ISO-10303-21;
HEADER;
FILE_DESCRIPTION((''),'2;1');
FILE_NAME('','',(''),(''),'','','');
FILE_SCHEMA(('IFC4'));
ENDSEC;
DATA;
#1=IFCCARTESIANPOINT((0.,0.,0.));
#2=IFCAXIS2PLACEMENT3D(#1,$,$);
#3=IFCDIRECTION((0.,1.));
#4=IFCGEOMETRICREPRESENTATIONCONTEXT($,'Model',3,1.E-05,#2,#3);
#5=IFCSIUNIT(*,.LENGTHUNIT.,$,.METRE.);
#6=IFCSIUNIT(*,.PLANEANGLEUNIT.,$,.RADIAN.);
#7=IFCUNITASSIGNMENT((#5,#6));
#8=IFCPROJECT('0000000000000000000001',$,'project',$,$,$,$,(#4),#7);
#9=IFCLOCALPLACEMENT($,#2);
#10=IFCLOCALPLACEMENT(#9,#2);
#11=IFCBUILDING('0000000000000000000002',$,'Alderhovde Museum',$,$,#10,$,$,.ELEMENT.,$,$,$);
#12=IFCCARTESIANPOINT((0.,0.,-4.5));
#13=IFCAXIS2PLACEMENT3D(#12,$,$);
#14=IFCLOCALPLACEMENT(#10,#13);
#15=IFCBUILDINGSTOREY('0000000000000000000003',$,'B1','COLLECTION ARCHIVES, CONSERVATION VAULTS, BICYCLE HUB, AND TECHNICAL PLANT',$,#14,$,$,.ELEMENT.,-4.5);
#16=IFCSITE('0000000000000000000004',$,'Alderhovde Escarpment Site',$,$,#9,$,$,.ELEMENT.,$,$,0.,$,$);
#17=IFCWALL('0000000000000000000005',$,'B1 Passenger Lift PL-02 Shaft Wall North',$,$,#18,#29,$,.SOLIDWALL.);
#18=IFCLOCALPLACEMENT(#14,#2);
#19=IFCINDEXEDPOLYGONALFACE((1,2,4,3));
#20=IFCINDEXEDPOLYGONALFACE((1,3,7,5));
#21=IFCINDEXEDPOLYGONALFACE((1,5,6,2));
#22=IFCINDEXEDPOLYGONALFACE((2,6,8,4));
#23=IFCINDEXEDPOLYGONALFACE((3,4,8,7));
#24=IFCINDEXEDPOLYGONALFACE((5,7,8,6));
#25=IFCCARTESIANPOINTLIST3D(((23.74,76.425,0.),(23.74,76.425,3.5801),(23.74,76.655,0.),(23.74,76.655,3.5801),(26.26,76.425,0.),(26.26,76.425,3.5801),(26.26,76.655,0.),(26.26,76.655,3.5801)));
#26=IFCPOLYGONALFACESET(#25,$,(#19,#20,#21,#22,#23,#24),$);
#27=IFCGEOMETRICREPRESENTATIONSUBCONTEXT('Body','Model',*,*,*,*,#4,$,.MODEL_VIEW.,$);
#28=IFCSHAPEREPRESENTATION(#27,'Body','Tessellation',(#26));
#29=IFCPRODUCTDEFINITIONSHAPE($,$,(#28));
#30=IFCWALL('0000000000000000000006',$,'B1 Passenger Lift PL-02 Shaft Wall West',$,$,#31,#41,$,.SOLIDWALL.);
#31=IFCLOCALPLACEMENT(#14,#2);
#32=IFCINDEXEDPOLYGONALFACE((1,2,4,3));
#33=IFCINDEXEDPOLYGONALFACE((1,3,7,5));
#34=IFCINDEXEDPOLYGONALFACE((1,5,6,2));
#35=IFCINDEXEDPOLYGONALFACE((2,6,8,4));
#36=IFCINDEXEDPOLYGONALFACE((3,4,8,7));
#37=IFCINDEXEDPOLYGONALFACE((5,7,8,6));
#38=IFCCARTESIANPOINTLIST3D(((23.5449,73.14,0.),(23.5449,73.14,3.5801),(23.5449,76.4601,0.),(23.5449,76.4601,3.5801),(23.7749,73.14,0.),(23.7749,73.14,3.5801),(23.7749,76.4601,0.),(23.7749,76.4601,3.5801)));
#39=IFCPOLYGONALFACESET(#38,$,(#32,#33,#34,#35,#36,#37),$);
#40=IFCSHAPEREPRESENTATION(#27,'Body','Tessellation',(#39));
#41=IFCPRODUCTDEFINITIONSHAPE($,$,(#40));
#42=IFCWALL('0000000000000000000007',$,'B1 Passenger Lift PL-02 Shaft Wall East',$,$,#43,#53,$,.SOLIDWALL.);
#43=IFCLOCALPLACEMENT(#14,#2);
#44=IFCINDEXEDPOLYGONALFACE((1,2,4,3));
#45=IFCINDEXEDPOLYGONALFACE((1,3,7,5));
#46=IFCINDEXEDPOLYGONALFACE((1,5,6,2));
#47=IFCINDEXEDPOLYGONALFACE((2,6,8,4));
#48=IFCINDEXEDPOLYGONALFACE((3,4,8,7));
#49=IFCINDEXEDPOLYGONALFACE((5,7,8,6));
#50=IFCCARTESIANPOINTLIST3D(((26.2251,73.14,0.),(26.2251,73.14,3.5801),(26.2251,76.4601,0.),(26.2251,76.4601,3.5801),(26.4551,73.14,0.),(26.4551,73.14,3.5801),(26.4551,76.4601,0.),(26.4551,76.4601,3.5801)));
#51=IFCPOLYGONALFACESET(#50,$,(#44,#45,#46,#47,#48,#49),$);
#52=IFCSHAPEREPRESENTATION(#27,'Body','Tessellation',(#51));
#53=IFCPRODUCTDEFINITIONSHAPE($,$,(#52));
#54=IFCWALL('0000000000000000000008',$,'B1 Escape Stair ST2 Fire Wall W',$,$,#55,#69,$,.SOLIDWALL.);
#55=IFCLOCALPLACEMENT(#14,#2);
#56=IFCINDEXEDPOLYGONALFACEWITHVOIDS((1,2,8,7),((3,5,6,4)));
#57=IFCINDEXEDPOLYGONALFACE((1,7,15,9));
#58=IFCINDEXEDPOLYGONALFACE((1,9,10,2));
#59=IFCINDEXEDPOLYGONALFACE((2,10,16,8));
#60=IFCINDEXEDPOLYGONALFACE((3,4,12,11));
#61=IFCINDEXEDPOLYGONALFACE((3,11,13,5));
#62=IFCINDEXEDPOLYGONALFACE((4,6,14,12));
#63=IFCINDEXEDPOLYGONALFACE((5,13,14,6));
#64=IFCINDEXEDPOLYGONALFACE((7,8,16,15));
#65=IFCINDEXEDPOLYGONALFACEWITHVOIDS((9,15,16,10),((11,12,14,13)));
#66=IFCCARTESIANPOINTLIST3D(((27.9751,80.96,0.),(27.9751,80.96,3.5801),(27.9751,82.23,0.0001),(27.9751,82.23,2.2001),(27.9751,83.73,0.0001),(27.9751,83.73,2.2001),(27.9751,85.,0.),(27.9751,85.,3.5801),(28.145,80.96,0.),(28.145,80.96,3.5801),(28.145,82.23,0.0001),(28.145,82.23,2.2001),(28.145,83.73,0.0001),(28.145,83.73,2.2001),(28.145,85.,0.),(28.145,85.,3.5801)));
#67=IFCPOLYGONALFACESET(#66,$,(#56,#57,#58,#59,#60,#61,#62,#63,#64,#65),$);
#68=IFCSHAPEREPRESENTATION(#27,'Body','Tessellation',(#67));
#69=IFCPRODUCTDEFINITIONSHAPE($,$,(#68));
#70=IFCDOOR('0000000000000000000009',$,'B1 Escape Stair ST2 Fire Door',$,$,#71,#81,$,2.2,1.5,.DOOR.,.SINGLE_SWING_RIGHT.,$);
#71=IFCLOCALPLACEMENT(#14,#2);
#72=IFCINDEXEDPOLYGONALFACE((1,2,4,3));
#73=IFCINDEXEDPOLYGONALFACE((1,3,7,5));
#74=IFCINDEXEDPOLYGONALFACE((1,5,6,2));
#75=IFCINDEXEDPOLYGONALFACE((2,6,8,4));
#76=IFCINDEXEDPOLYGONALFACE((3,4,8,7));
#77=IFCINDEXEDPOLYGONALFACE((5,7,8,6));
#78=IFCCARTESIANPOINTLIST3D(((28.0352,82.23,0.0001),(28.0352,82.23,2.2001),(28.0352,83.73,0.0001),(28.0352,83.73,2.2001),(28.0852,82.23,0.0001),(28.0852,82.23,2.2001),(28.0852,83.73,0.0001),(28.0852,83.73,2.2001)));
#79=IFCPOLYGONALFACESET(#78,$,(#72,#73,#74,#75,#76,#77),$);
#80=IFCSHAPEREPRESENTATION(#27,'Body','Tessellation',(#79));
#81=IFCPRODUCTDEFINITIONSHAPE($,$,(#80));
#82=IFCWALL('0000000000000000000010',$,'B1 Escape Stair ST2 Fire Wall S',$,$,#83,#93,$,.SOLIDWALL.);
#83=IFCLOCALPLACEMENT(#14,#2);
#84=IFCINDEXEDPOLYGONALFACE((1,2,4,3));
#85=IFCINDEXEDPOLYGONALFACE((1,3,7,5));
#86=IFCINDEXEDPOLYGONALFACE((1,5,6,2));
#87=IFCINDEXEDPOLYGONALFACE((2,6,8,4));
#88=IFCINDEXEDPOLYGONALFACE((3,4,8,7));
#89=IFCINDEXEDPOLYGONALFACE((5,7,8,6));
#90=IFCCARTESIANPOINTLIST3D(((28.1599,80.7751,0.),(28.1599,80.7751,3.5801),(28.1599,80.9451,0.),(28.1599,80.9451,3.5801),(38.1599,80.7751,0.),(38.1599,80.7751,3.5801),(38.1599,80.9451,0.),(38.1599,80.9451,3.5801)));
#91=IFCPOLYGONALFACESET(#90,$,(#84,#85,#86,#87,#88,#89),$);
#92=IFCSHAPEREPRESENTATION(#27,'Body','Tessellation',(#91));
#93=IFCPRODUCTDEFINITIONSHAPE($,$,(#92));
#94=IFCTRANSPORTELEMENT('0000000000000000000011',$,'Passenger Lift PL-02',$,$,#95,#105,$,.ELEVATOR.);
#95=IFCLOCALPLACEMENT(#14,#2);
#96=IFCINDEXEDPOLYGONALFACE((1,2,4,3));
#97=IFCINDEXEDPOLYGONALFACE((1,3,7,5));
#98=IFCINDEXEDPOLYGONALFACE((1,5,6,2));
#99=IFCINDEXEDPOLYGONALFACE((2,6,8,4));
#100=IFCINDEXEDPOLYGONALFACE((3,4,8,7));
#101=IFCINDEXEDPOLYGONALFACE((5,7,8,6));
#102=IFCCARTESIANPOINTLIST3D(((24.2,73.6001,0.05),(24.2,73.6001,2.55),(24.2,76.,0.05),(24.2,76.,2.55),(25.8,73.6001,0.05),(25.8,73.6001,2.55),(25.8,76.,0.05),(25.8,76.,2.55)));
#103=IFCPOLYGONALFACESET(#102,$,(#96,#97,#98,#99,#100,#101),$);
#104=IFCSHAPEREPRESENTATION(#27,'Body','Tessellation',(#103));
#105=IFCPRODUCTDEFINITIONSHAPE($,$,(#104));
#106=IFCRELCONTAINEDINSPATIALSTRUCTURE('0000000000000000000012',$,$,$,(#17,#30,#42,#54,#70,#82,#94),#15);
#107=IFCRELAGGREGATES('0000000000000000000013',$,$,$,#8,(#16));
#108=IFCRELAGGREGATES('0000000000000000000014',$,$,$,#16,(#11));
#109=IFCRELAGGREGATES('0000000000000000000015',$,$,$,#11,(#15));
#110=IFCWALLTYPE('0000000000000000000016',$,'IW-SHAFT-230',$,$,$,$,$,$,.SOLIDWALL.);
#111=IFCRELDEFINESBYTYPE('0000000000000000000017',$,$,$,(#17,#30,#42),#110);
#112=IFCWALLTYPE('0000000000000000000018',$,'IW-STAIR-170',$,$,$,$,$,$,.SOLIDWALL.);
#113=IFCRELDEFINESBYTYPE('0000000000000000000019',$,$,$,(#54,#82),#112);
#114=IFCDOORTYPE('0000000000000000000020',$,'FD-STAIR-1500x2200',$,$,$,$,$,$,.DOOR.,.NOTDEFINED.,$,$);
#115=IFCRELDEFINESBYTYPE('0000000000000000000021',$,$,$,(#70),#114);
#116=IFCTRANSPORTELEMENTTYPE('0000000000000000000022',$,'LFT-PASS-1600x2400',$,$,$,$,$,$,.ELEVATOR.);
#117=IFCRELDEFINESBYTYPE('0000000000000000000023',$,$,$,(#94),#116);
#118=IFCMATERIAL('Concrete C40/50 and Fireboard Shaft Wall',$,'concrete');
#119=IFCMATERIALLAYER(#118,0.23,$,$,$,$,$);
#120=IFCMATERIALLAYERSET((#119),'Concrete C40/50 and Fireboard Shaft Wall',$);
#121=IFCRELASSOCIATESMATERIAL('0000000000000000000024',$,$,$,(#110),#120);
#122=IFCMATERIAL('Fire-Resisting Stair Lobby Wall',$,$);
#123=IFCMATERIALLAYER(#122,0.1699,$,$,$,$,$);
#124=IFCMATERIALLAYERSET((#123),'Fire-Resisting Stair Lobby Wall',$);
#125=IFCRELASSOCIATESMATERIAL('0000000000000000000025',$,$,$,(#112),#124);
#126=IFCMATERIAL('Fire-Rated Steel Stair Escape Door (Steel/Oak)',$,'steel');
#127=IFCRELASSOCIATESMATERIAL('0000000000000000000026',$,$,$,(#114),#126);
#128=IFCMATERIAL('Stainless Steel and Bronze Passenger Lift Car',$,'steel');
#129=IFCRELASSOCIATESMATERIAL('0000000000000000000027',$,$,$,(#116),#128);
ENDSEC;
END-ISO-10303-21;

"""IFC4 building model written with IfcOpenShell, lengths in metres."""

from ifc_helpers import new_model, si_unit, direction, frame, frame_2d, origin, origin_2d, place, context, subcontext, project, spatial, rectangle, extrude, material, layer, layer_set, type_object, element, fill, save


model = new_model("IFC4")

# Units and contexts
model_context = context("Model", 3, precision=1e-05, world=origin(), true_north=direction((0.0, 1.0)))
body_context = subcontext(model_context, "Body", "Model", "MODEL_VIEW")
ifc_project = project(units=[si_unit("LENGTHUNIT", "METRE"), si_unit("PLANEANGLEUNIT", "RADIAN")], contexts=[model_context])

# Site, building, storey
site_placement = place(None, origin())
site = spatial("IfcSite", under=ifc_project, at=site_placement, Name="Alderhovde Escarpment Site", CompositionType="ELEMENT", RefElevation=0.0)
building_placement = place(site_placement, origin())
building = spatial("IfcBuilding", under=site, at=building_placement, Name="Alderhovde Museum", CompositionType="ELEMENT")
storey_placement = place(building_placement, frame((0.0, 0.0, -4.5)))
storey = spatial("IfcBuildingStorey", under=building, at=storey_placement, Name="B1", Description="COLLECTION ARCHIVES, CONSERVATION VAULTS, BICYCLE HUB, AND TECHNICAL PLANT", CompositionType="ELEMENT", Elevation=-4.5)

# Shared definitions
ifc_material_1 = material(Name="Concrete C40/50 and Fireboard Shaft Wall", Category="concrete")
ifc_layer_1 = layer(ifc_material_1, 0.23)
ifc_layer_set_1 = layer_set([ifc_layer_1], Name="Concrete C40/50 and Fireboard Shaft Wall")
wall_type_1 = type_object("IfcWallType", Name="IW-SHAFT-230", PredefinedType="SOLIDWALL", material=ifc_layer_set_1)

# Walls
wall_1_placement = place(storey_placement, frame((23.74, 76.54, 0.0), z_axis=(0.0, 0.0, 1.0), x_axis=(1.0, 0.0, 0.0)))
element("IfcWall", 1, at=wall_1_placement, inside=storey, type_object=wall_type_1, Name="B1 Passenger Lift PL-02 Shaft Wall North", PredefinedType="SOLIDWALL", context=body_context, shape_type="SweptSolid", body=[
    extrude(rectangle(XDim=2.52, YDim=0.23, at=frame_2d((1.26, 0.0))), origin(), (0.0, 0.0, 1.0), 3.5801),
])
for number, where, z_axis, x_axis, name in (
    (2, (23.6599, 73.1399, 0.0), (0.0, 0.0, 1.0), (0.0, 1.0, 0.0), "B1 Passenger Lift PL-02 Shaft Wall West"),
    (3, (26.3401, 73.1399, 0.0), (0.0, 0.0, 1.0), (0.0, 1.0, 0.0), "B1 Passenger Lift PL-02 Shaft Wall East"),
):
    element("IfcWall", number, at=place(storey_placement, frame(where, z_axis=z_axis, x_axis=x_axis)), inside=storey, type_object=wall_type_1, Name=name, PredefinedType="SOLIDWALL", context=body_context, shape_type="SweptSolid", body=[
        extrude(rectangle(XDim=3.3201, YDim=0.23, at=frame_2d((1.6602, 0.0))), origin(), (0.0, 0.0, 1.0), 3.5801),
    ])

# Wall, opening, door
ifc_material_2 = material(Name="Fire-Resisting Stair Lobby Wall")
ifc_layer_2 = layer(ifc_material_2, 0.1699)
ifc_layer_set_2 = layer_set([ifc_layer_2], Name="Fire-Resisting Stair Lobby Wall")
wall_type_2 = type_object("IfcWallType", Name="IW-STAIR-170", PredefinedType="SOLIDWALL", material=ifc_layer_set_2)
wall_2_placement = place(storey_placement, frame((28.0601, 80.96, 0.0), z_axis=(0.0, 0.0, 1.0), x_axis=(0.0, 1.0, 0.0)))
wall_2 = element("IfcWall", 4, at=wall_2_placement, inside=storey, type_object=wall_type_2, Name="B1 Escape Stair ST2 Fire Wall W", PredefinedType="SOLIDWALL", context=body_context, shape_type="SweptSolid", body=[
    extrude(rectangle(XDim=4.04, YDim=0.1699, at=frame_2d((2.02, 0.0))), origin(), (0.0, 0.0, 1.0), 3.5801),
])
opening_1_placement = place(wall_2_placement, frame((1.27, 0.0, 0.0)))
opening_1 = element("IfcOpeningElement", 5, at=opening_1_placement, cuts=wall_2, PredefinedType="OPENING", context=body_context, shape_type="SweptSolid", body=[
    extrude(rectangle(XDim=1.5, YDim=2.2, at=frame_2d((0.75, 1.1001))), frame((0.0, 0.095, 0.0), z_axis=(0.0, -1.0, 0.0), x_axis=(1.0, 0.0, 0.0)), (0.0, 0.0, 1.0), 0.1899),
])
ifc_material_3 = material(Name="Fire-Rated Steel Stair Escape Door (Steel/Oak)", Category="steel")
door_type_1 = type_object("IfcDoorType", Name="FD-STAIR-1500x2200", OperationType="NOTDEFINED", PredefinedType="DOOR", material=ifc_material_3)
door_1_placement = place(opening_1_placement, origin())
door_1 = element("IfcDoor", 6, at=door_1_placement, inside=storey, type_object=door_type_1, Name="B1 Escape Stair ST2 Fire Door", OperationType="SINGLE_SWING_RIGHT", OverallHeight=2.2, OverallWidth=1.5, PredefinedType="DOOR", context=body_context, shape_type="SweptSolid", body=[
    extrude(rectangle(XDim=1.5, YDim=2.2, at=frame_2d((0.75, 1.1001))), frame((0.0, 0.0249, 0.0), z_axis=(0.0, -1.0, 0.0), x_axis=(1.0, 0.0, 0.0)), (0.0, 0.0, 1.0), 0.05),
])
fill(opening_1, door_1)

# Wall
wall_3_placement = place(storey_placement, frame((28.1599, 80.8601, 0.0), z_axis=(0.0, 0.0, 1.0), x_axis=(1.0, 0.0, 0.0)))
element("IfcWall", 7, at=wall_3_placement, inside=storey, type_object=wall_type_2, Name="B1 Escape Stair ST2 Fire Wall S", PredefinedType="SOLIDWALL", context=body_context, shape_type="SweptSolid", body=[
    extrude(rectangle(XDim=10.0, YDim=0.1699, at=frame_2d((5.0, 0.0))), origin(), (0.0, 0.0, 1.0), 3.5801),
])

# Transport element
ifc_material_4 = material(Name="Stainless Steel and Bronze Passenger Lift Car", Category="steel")
transport_element_type = type_object("IfcTransportElementType", Name="LFT-PASS-1600x2400", PredefinedType="ELEVATOR", material=ifc_material_4)
transport_element_placement = place(storey_placement, frame((25.0, 74.8, 0.05), z_axis=(0.0, 0.0, 1.0), x_axis=(1.0, 0.0, 0.0)))
element("IfcTransportElement", 8, at=transport_element_placement, inside=storey, type_object=transport_element_type, Name="Passenger Lift PL-02", PredefinedType="ELEVATOR", context=body_context, shape_type="SweptSolid", body=[
    extrude(rectangle(XDim=1.6001, YDim=2.3999, at=origin_2d()), origin(), (0.0, 0.0, 1.0), 2.5),
])

save(model, "model.ifc")
